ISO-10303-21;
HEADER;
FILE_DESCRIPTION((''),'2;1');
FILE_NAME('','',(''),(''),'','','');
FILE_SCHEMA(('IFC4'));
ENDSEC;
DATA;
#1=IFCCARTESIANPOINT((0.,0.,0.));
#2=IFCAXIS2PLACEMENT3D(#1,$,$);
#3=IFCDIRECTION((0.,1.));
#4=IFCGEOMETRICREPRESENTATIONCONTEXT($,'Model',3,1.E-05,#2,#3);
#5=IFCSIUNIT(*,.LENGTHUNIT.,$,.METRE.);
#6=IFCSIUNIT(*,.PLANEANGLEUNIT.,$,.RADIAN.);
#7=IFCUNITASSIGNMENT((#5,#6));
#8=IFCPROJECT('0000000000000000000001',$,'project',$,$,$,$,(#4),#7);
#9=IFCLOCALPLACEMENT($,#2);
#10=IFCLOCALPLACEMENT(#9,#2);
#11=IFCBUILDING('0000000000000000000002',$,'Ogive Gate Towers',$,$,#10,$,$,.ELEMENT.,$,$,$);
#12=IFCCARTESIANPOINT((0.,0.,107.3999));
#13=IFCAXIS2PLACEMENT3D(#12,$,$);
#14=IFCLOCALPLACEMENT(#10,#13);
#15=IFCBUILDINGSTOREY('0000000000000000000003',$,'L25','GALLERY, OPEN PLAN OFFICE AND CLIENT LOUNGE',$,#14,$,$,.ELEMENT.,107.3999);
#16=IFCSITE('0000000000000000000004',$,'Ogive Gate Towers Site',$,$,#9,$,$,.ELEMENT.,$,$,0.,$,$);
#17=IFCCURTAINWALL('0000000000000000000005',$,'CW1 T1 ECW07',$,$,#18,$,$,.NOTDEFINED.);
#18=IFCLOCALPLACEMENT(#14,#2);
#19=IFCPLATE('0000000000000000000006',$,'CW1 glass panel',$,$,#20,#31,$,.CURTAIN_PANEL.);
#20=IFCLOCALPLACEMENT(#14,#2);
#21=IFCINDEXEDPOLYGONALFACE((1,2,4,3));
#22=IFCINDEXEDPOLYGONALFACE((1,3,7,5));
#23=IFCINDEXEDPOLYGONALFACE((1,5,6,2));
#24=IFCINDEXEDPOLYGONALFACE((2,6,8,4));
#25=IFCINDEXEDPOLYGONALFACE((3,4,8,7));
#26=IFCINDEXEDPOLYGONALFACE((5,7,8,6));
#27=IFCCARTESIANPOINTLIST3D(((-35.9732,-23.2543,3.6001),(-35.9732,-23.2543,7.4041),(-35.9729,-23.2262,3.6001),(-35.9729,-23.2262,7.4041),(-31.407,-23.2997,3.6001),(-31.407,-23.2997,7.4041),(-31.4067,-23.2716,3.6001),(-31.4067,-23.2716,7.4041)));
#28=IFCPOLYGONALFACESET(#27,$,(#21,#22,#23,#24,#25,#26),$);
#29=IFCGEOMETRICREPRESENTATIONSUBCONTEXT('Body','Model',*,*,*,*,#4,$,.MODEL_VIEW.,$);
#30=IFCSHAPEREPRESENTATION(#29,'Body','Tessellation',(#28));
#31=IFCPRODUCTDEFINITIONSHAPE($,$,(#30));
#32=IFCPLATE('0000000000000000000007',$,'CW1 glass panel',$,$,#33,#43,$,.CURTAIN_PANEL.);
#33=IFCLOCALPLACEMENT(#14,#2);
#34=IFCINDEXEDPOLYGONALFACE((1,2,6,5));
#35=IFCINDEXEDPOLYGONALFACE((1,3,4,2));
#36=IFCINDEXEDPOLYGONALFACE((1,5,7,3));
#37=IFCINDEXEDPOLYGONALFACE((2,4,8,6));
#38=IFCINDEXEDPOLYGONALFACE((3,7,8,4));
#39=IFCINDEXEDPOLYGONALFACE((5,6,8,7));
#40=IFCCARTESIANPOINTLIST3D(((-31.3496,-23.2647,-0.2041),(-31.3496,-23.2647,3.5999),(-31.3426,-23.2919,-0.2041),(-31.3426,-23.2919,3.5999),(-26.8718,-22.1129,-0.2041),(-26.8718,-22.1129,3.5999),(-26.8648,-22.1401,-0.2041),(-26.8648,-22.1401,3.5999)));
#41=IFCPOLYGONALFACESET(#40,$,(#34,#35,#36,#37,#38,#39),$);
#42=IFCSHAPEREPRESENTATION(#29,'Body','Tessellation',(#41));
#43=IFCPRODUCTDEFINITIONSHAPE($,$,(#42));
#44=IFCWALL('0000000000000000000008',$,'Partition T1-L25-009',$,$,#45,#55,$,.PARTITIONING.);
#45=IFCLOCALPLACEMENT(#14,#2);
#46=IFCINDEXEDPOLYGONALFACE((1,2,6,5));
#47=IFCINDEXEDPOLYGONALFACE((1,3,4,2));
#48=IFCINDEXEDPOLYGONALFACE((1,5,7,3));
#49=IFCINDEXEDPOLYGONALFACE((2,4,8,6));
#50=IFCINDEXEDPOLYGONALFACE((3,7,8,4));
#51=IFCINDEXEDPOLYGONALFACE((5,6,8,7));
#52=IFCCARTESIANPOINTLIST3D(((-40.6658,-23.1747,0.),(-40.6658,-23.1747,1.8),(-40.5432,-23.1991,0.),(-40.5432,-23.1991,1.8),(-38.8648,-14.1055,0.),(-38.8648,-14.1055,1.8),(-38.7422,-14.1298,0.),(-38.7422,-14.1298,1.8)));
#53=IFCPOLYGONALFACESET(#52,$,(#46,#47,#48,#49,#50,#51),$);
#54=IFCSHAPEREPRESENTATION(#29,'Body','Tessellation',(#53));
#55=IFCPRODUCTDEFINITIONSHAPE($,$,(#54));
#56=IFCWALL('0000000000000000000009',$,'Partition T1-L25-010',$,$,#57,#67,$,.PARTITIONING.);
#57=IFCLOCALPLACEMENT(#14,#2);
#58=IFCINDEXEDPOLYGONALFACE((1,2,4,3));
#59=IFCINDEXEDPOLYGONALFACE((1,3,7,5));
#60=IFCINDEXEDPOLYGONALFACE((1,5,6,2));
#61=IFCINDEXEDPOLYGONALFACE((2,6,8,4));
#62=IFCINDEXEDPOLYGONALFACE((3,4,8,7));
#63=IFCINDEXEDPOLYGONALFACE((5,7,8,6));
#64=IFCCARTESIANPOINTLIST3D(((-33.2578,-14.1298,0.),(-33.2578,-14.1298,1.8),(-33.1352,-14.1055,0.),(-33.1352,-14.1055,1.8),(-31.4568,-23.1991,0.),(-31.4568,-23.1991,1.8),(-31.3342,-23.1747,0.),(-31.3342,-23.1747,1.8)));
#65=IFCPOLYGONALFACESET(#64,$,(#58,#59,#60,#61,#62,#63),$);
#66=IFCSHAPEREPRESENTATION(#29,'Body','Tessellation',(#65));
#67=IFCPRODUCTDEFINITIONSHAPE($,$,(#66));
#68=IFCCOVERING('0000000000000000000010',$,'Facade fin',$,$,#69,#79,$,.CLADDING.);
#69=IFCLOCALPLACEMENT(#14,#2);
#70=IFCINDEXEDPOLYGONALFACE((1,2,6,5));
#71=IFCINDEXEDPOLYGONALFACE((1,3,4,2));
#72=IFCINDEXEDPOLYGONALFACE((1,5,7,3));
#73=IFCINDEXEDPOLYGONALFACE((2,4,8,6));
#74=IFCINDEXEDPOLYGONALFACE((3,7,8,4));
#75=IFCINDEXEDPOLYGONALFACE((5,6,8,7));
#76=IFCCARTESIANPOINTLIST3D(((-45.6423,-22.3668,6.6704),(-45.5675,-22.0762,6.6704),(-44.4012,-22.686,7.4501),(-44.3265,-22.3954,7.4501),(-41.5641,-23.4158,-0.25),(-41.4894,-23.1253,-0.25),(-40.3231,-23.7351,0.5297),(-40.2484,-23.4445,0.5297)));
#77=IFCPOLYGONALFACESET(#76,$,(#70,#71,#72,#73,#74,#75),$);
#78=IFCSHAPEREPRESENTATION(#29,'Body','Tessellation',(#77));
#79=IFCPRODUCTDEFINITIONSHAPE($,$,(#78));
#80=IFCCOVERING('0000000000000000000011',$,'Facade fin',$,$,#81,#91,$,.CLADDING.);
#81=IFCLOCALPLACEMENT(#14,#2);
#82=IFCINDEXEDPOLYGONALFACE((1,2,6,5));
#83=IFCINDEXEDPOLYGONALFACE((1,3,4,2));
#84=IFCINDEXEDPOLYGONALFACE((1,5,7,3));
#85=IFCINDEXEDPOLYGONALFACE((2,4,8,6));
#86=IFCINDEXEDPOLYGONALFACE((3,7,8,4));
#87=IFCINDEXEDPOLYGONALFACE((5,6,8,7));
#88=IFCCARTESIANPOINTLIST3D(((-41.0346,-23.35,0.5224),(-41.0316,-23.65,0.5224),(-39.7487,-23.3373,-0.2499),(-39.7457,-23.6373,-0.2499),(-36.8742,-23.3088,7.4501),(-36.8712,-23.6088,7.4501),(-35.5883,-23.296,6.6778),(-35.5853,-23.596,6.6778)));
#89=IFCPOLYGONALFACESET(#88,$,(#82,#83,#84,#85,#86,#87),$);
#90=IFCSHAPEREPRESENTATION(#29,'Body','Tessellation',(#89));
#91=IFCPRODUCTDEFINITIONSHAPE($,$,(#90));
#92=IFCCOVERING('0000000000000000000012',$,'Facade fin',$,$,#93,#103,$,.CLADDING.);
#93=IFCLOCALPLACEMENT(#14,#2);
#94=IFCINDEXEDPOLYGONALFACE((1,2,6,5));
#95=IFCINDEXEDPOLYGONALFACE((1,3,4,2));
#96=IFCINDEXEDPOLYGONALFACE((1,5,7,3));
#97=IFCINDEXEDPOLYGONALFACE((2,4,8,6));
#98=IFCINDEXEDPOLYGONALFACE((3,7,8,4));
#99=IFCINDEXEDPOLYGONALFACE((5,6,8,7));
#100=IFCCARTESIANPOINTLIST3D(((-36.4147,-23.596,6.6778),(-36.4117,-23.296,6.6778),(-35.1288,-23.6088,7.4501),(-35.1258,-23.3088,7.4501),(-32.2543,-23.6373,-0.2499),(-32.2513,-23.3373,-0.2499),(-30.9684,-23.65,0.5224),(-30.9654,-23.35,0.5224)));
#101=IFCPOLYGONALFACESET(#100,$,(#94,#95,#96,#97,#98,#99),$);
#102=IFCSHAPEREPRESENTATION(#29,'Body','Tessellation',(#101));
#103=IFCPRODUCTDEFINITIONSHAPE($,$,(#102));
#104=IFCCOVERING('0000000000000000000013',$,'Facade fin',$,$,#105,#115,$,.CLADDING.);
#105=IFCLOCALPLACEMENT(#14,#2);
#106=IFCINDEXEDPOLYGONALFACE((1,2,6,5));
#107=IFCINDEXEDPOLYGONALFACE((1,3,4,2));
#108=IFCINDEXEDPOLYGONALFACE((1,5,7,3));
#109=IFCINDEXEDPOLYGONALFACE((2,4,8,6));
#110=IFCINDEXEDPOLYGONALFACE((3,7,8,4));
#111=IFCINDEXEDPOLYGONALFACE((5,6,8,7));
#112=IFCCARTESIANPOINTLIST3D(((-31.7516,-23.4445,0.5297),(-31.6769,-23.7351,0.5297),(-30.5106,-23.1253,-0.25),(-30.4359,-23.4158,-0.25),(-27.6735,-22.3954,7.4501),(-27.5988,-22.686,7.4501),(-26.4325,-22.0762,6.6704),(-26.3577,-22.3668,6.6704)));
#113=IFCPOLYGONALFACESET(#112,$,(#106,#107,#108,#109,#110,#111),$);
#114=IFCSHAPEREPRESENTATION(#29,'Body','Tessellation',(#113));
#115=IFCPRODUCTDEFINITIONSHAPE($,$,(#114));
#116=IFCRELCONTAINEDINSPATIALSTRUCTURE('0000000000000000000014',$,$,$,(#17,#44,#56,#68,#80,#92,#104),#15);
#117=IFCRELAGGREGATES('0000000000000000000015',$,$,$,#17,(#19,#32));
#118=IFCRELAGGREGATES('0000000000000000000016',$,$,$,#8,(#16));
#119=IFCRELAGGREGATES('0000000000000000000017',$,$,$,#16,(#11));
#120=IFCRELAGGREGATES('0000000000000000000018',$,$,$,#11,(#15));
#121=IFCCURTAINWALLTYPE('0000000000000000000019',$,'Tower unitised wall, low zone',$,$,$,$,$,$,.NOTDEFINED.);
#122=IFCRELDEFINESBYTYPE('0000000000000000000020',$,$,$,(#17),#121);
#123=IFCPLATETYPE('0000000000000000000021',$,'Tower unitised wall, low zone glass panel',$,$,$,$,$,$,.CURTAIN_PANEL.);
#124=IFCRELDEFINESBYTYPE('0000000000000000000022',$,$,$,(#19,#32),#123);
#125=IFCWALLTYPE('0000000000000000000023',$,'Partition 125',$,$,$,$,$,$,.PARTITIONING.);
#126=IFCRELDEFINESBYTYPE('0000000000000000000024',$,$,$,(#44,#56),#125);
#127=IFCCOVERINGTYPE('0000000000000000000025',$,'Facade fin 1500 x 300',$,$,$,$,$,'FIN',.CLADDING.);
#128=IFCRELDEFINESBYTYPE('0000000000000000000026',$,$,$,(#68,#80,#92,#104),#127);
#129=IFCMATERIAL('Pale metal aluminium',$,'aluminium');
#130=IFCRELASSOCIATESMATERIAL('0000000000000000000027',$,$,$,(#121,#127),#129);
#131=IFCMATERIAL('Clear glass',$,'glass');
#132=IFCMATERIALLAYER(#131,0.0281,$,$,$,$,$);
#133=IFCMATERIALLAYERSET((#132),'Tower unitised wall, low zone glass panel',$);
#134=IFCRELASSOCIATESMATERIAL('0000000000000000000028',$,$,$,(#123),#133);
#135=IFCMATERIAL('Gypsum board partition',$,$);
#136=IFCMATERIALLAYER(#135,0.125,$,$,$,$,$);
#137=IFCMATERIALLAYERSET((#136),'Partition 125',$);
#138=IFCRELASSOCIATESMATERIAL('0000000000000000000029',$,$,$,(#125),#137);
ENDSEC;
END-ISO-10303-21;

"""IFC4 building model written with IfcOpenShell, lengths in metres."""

from ifc_helpers import new_model, si_unit, direction, frame, frame_2d, origin, origin_2d, place, context, subcontext, project, spatial, rectangle, extrude, material, layer, layer_set, material_profile, profile_set, type_object, element, aggregate, save


model = new_model("IFC4")

# Units and contexts
model_context = context("Model", 3, precision=1e-05, world=origin(), true_north=direction((0.0, 1.0)))
body_context = subcontext(model_context, "Body", "Model", "MODEL_VIEW")
ifc_project = project(units=[si_unit("LENGTHUNIT", "METRE"), si_unit("PLANEANGLEUNIT", "RADIAN")], contexts=[model_context])

# Site, building, storey
site_placement = place(None, origin())
site = spatial("IfcSite", under=ifc_project, at=site_placement, Name="Ogive Gate Towers Site", CompositionType="ELEMENT", RefElevation=0.0)
building_placement = place(site_placement, origin())
building = spatial("IfcBuilding", under=site, at=building_placement, Name="Ogive Gate Towers", CompositionType="ELEMENT")
storey_placement = place(building_placement, frame((0.0, 0.0, 107.3999)))
storey = spatial("IfcBuildingStorey", under=building, at=storey_placement, Name="L25", Description="GALLERY, OPEN PLAN OFFICE AND CLIENT LOUNGE", CompositionType="ELEMENT", Elevation=107.3999)

# Shared definitions
ifc_material_1 = material(Name="Pale metal aluminium", Category="aluminium")
curtain_wall_type = type_object("IfcCurtainWallType", Name="Tower unitised wall, low zone", PredefinedType="NOTDEFINED", material=ifc_material_1)

# Curtain wall
curtain_wall_1_placement = place(storey_placement, origin())
curtain_wall_1 = element("IfcCurtainWall", 1, at=curtain_wall_1_placement, inside=storey, type_object=curtain_wall_type, Name="CW1 T1 ECW07", PredefinedType="NOTDEFINED")

# Plates
ifc_material_2 = material(Name="Clear glass", Category="glass")
ifc_layer_1 = layer(ifc_material_2, 0.0281)
ifc_layer_set_1 = layer_set([ifc_layer_1], Name="Tower unitised wall, low zone glass panel")
plate_type = type_object("IfcPlateType", Name="Tower unitised wall, low zone glass panel", PredefinedType="CURTAIN_PANEL", material=ifc_layer_set_1)
plate_1_placement = place(storey_placement, frame((-33.6899, -23.2629, 3.6001), z_axis=(0.0, 0.0, 1.0), x_axis=(0.999951, -0.009931, 0.0)))
plate_1 = element("IfcPlate", 2, at=plate_1_placement, type_object=plate_type, Name="CW1 glass panel", PredefinedType="CURTAIN_PANEL", context=body_context, shape_type="SweptSolid", body=[
    extrude(rectangle(XDim=4.5664, YDim=0.0281, at=origin_2d()), origin(), (0.0, 0.0, 1.0), 3.804),
])
plate_2_placement = place(storey_placement, frame((-29.1072, -22.7024, -0.2041), z_axis=(0.0, 0.0, 1.0), x_axis=(0.96847, 0.249129, 0.0)))
plate_2 = element("IfcPlate", 3, at=plate_2_placement, type_object=plate_type, Name="CW1 glass panel", PredefinedType="CURTAIN_PANEL", context=body_context, shape_type="SweptSolid", body=[
    extrude(rectangle(XDim=4.6235, YDim=0.0281, at=origin_2d()), origin(), (0.0, 0.0, 1.0), 3.804),
])
aggregate(curtain_wall_1, [plate_1, plate_2])

# Walls
ifc_material_3 = material(Name="Gypsum board partition")
ifc_layer_2 = layer(ifc_material_3, 0.125)
ifc_layer_set_2 = layer_set([ifc_layer_2], Name="Partition 125")
wall_type = type_object("IfcWallType", Name="Partition 125", PredefinedType="PARTITIONING", material=ifc_layer_set_2)
for number, where, z_axis, x_axis, name in (
    (4, (-40.6045, -23.1868, 0.0), (0.0, 0.0, 1.0), (0.194781, 0.980847, 0.0), "Partition T1-L25-009"),
    (5, (-31.3955, -23.1868, 0.0), (0.0, 0.0, 1.0), (-0.194781, 0.980847, 0.0), "Partition T1-L25-010"),
):
    element("IfcWall", number, at=place(storey_placement, frame(where, z_axis=z_axis, x_axis=x_axis)), inside=storey, type_object=wall_type, Name=name, PredefinedType="PARTITIONING", context=body_context, shape_type="SweptSolid", body=[
        extrude(rectangle(XDim=9.2463, YDim=0.125, at=frame_2d((4.623, 0.0))), origin(), (0.0, 0.0, 1.0), 1.8),
    ])

# Coverings
ifc_material_profile_1 = material_profile(ifc_material_1, rectangle(XDim=0.3, YDim=1.5, at=origin_2d()), Name="1500 x 300 pale metal aluminium")
ifc_profile_set_1 = profile_set([ifc_material_profile_1], Name="Pale metal aluminium")
covering_type = type_object("IfcCoveringType", Name="Facade fin 1500 x 300", ElementType="FIN", PredefinedType="CLADDING", material=ifc_profile_set_1)
covering_1_placement = place(storey_placement, frame((-40.9062, -23.4302, 0.1399), z_axis=(-0.50342, 0.129502, 0.854282), x_axis=(-0.249133, -0.968469, 0.0)))
element("IfcCovering", 6, at=covering_1_placement, inside=storey, type_object=covering_type, Name="Facade fin", PredefinedType="CLADDING", context=body_context, shape_type="SweptSolid", body=[
    extrude(rectangle(XDim=0.3, YDim=1.5, at=origin_2d()), origin(), (0.0, 0.0, 1.0), 8.1008),
])
for number, where, z_axis, x_axis, name in (
    (7, (-40.3901, -23.4937, 0.1362), (0.514831, 0.005106, 0.857276), (-0.009917, 0.999951, 0.0), "Facade fin"),
    (8, (-31.6099, -23.4937, 0.1362), (-0.514831, 0.005106, 0.857276), (-0.009917, -0.999951, 0.0), "Facade fin"),
):
    element("IfcCovering", number, at=place(storey_placement, frame(where, z_axis=z_axis, x_axis=x_axis)), inside=storey, type_object=covering_type, Name=name, PredefinedType="CLADDING", context=body_context, shape_type="SweptSolid", body=[
        extrude(rectangle(XDim=0.3, YDim=1.5, at=origin_2d()), origin(), (0.0, 0.0, 1.0), 8.0811),
    ])
covering_2_placement = place(storey_placement, frame((-31.0938, -23.4302, 0.1399), z_axis=(0.50342, 0.129502, 0.854282), x_axis=(-0.249133, 0.968469, 0.0)))
element("IfcCovering", 9, at=covering_2_placement, inside=storey, type_object=covering_type, Name="Facade fin", PredefinedType="CLADDING", context=body_context, shape_type="SweptSolid", body=[
    extrude(rectangle(XDim=0.3, YDim=1.5, at=origin_2d()), origin(), (0.0, 0.0, 1.0), 8.1008),
])

save(model, "model.ifc")
